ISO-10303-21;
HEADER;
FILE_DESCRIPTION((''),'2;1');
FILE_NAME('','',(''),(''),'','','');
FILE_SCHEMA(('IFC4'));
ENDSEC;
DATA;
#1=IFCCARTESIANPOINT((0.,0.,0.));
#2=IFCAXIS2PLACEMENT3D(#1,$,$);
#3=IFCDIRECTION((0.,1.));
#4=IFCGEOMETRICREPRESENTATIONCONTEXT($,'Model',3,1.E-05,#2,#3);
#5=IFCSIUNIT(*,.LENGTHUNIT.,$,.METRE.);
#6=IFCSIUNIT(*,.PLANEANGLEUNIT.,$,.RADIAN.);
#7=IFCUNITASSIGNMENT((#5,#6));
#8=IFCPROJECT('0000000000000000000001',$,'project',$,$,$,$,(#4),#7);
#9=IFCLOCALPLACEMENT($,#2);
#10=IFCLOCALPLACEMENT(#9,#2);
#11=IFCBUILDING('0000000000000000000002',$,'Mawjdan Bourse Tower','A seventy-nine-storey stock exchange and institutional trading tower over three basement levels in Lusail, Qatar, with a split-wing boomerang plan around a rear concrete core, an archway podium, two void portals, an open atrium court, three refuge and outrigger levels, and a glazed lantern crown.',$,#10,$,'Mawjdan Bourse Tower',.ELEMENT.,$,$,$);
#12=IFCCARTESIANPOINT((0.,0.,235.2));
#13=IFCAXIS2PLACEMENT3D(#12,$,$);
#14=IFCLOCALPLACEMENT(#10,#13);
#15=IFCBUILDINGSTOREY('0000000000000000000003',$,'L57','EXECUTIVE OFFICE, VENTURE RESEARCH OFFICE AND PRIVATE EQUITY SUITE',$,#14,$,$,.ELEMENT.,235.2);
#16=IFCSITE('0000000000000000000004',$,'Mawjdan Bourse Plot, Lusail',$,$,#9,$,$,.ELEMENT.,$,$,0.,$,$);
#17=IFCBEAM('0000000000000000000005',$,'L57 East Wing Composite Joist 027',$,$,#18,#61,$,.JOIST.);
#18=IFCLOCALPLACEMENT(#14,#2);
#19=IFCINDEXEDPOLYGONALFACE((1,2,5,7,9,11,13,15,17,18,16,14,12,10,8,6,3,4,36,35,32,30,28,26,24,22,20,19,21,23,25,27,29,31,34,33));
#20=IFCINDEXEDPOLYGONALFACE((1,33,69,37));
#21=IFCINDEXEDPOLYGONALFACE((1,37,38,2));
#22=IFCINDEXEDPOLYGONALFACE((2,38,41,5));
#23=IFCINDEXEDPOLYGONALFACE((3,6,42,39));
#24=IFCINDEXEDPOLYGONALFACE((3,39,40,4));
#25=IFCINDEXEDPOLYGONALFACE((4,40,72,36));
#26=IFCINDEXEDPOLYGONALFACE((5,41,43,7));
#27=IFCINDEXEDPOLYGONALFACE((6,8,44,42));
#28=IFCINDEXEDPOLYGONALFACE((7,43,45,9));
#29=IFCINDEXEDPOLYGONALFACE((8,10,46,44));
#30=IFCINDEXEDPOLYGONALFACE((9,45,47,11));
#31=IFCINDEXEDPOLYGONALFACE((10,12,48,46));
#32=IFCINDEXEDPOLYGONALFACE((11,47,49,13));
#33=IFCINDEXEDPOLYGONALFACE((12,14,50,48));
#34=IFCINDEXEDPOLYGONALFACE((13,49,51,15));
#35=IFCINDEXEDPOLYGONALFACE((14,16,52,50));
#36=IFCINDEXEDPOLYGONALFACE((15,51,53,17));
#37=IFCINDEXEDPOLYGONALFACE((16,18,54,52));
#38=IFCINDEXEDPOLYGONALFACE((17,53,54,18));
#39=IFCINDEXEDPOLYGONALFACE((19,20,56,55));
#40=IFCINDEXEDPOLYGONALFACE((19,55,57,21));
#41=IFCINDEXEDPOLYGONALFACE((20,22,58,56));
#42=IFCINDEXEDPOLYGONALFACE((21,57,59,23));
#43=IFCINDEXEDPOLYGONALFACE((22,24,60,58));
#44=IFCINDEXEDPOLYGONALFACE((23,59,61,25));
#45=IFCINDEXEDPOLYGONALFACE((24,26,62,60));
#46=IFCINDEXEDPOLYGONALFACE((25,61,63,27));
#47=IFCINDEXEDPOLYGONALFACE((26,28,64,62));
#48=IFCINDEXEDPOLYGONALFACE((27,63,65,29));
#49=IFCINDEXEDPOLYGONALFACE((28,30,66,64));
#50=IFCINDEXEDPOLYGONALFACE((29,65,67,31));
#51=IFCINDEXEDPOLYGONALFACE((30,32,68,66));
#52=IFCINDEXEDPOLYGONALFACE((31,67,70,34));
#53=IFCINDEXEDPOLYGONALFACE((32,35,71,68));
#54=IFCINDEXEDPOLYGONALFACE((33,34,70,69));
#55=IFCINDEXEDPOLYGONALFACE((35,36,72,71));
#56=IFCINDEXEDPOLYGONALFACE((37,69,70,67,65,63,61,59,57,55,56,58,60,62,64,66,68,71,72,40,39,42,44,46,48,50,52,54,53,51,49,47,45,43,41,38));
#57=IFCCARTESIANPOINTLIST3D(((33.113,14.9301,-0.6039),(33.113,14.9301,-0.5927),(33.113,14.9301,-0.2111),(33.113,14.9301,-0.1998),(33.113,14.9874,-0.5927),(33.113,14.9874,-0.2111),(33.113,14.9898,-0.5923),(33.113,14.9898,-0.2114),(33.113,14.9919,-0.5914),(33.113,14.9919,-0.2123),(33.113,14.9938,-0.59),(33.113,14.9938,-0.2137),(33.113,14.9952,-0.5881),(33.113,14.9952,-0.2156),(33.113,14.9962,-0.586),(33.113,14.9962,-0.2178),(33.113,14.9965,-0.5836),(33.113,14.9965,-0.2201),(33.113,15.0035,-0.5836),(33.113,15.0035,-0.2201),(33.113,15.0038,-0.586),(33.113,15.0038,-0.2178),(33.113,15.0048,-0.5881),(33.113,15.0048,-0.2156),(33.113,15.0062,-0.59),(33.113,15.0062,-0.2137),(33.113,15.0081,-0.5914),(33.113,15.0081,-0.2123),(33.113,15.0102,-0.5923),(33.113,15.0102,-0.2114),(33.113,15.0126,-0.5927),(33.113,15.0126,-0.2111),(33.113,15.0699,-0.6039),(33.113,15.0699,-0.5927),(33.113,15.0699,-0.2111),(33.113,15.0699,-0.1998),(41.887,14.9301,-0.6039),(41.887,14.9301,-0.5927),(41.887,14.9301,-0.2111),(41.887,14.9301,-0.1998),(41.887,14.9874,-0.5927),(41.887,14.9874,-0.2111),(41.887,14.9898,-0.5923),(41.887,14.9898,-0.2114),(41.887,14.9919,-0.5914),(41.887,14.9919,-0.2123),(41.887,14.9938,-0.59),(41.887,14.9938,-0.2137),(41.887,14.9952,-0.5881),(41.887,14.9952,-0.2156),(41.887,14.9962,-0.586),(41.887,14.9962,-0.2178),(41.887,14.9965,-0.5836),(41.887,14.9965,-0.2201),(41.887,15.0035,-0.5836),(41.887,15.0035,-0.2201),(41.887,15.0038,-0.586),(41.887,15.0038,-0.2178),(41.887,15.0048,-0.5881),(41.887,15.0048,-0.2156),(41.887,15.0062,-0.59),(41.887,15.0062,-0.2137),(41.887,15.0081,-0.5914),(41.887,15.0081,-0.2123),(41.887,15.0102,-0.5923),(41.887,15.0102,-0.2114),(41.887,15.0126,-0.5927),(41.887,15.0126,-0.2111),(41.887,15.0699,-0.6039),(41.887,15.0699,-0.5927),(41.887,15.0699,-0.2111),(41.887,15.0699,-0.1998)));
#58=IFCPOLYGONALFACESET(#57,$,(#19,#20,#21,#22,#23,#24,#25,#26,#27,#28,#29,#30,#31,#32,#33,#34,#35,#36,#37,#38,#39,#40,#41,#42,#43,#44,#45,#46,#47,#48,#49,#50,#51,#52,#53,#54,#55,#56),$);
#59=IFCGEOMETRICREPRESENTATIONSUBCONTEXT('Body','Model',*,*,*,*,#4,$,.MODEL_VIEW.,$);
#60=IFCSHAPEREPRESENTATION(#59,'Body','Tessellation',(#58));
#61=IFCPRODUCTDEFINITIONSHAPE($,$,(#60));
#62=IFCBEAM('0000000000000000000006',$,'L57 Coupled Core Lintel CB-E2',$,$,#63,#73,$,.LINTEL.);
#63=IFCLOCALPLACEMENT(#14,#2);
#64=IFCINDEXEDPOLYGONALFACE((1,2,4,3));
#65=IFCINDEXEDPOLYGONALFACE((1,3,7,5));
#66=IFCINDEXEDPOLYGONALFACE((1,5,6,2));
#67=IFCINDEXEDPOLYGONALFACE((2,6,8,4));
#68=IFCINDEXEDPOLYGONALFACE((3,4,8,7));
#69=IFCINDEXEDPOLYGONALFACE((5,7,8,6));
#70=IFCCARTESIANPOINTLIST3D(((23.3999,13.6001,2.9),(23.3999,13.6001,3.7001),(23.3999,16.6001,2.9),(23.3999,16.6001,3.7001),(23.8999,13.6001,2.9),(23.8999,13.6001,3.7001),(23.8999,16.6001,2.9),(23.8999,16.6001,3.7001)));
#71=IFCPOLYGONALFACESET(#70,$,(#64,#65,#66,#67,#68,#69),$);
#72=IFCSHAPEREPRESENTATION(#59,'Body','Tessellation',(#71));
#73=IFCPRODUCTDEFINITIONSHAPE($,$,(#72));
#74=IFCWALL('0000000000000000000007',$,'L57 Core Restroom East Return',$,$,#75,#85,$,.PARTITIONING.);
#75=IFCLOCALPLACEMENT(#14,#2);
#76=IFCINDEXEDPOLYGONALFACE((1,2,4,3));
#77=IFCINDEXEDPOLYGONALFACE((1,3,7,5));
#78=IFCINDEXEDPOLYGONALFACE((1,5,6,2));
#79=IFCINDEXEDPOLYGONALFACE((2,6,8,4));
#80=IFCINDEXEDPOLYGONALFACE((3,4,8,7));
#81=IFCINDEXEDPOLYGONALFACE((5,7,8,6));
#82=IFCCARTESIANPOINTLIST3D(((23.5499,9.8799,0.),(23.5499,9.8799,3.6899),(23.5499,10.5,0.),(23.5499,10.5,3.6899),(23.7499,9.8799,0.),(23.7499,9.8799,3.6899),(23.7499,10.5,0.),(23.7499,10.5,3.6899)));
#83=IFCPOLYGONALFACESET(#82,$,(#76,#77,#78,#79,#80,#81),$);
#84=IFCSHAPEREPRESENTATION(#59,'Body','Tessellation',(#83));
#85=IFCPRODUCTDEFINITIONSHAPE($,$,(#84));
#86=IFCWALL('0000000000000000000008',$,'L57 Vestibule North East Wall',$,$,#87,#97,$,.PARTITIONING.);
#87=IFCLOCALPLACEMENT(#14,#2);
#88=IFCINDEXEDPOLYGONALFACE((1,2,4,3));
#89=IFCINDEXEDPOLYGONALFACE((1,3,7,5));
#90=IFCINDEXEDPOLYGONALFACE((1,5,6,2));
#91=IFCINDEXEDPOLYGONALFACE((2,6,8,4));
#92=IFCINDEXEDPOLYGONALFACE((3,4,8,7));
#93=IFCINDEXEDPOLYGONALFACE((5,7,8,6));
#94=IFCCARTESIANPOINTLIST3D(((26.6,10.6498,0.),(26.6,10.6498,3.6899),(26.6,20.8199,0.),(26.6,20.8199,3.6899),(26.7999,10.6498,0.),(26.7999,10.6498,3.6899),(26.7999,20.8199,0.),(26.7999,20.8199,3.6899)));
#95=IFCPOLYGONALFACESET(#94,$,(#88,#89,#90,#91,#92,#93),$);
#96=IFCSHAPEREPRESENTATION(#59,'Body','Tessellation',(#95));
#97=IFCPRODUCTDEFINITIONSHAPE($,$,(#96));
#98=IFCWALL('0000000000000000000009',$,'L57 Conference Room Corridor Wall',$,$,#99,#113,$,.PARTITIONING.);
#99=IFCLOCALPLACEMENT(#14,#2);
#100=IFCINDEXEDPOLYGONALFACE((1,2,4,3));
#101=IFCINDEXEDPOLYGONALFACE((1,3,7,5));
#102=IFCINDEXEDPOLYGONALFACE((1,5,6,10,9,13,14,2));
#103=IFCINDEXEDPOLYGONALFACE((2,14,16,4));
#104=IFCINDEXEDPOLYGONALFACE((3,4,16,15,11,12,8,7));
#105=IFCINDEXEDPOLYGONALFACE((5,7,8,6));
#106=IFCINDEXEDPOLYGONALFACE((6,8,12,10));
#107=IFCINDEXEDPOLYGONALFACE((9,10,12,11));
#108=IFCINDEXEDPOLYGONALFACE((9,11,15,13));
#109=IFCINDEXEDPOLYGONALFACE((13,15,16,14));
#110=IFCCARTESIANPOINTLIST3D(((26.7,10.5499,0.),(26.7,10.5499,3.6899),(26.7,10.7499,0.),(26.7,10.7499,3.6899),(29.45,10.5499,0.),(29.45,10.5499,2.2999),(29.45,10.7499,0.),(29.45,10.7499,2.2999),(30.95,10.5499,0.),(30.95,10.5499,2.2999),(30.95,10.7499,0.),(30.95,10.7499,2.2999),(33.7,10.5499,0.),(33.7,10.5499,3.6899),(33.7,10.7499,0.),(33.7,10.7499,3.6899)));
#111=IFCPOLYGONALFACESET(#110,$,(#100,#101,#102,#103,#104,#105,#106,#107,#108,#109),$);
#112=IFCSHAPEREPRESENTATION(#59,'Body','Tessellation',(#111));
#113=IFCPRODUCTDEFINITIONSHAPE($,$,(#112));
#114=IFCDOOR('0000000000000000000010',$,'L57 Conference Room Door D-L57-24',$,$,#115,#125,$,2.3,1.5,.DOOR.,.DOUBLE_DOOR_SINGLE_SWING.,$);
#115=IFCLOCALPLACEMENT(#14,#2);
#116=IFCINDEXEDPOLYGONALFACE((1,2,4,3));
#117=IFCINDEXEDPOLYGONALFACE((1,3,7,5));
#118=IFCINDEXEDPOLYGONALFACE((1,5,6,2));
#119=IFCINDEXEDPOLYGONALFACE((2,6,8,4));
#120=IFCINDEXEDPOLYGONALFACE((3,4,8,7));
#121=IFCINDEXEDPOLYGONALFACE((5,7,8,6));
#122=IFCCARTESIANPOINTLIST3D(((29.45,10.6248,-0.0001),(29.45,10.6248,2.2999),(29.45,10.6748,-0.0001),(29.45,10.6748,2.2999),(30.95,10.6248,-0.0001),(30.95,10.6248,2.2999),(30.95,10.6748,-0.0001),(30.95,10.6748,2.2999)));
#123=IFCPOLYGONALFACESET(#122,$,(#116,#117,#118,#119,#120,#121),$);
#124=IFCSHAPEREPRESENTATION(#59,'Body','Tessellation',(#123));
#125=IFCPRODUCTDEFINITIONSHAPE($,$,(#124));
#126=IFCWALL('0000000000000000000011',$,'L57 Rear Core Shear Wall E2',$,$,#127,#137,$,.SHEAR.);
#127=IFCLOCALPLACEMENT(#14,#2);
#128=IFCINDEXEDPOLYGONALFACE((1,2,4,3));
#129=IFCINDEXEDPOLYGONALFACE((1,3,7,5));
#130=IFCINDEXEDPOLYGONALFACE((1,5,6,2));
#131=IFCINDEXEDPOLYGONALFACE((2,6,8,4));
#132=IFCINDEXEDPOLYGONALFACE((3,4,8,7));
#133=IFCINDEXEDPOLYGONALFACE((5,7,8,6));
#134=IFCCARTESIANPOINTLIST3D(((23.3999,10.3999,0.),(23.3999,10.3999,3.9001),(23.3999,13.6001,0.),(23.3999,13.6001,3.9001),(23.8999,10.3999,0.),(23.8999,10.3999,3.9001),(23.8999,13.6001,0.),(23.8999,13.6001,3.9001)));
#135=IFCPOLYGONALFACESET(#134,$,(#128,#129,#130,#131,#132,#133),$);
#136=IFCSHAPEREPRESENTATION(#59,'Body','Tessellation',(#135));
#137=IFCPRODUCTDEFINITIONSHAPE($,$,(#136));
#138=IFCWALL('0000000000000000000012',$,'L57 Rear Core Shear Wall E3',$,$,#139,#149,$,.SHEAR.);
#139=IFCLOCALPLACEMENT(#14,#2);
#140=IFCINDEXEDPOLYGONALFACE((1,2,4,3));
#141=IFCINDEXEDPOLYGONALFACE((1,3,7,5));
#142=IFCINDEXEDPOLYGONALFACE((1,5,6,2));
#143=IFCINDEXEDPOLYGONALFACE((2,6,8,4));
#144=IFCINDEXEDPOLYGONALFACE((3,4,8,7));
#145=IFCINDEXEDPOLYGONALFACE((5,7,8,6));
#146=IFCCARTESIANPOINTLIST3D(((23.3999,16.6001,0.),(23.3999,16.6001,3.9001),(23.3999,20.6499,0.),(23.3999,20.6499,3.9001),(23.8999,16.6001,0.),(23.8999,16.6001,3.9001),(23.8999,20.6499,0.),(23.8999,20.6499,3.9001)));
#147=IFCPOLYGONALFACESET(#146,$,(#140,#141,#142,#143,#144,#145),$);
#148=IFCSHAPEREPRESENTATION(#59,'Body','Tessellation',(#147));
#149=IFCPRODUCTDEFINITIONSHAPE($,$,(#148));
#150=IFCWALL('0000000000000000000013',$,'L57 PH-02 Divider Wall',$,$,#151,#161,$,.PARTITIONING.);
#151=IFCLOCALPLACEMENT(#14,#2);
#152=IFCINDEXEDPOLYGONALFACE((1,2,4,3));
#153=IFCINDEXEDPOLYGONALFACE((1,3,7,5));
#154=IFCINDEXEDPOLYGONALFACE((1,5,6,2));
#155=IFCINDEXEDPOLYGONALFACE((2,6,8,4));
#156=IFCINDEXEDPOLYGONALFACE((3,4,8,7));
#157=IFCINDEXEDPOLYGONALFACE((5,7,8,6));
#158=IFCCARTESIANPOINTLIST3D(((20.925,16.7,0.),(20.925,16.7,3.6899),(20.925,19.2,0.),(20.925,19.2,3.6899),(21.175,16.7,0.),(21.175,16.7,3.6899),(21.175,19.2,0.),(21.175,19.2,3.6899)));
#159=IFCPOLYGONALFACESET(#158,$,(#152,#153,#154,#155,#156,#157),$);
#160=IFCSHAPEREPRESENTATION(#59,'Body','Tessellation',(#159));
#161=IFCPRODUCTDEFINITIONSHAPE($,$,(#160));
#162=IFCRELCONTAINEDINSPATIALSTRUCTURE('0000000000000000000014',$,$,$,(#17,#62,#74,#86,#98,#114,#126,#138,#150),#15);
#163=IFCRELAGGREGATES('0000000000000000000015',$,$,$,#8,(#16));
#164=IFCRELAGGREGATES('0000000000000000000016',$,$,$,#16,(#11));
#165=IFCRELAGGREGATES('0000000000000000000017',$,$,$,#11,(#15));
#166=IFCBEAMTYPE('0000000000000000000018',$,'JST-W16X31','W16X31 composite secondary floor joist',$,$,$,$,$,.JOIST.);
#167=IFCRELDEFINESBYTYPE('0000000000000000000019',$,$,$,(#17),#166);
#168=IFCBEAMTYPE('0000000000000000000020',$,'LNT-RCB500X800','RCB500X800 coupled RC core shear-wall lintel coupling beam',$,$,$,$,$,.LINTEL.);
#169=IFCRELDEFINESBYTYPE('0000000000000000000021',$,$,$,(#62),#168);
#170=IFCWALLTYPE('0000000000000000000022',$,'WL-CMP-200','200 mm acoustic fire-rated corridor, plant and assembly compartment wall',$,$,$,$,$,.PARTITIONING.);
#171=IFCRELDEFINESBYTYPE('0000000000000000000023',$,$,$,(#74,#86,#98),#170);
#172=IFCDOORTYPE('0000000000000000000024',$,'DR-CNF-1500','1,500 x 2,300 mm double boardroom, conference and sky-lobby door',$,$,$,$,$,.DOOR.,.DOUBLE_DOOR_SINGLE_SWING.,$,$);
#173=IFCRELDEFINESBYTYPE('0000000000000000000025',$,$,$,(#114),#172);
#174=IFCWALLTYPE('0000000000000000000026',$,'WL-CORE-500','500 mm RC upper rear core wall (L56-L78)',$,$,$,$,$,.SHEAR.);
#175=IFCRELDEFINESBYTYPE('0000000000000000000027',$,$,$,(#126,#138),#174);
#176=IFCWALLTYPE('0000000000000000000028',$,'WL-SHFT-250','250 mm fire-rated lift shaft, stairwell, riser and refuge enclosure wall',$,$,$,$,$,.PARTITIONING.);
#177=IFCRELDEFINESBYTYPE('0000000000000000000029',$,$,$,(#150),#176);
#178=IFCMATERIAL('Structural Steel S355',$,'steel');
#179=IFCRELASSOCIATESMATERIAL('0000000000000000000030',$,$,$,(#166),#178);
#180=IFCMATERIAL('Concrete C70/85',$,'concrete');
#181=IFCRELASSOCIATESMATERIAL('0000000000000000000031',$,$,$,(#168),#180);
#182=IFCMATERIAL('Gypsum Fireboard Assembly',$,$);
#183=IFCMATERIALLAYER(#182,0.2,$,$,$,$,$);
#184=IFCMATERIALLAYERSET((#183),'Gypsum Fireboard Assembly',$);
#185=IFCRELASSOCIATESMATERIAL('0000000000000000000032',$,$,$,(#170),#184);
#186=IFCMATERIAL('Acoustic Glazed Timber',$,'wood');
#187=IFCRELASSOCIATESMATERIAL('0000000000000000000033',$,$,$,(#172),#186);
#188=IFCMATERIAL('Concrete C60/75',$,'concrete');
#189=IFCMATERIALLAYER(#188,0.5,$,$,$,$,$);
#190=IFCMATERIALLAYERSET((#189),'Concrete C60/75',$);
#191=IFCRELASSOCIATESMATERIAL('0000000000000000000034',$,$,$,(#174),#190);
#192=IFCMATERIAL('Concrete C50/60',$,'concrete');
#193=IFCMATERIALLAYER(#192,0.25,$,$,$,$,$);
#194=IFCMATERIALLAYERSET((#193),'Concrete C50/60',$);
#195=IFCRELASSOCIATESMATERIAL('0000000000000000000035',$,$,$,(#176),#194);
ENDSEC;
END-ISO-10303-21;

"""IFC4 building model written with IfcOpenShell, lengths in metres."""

from ifc_helpers import new_model, si_unit, direction, frame, frame_2d, origin, origin_2d, place, context, subcontext, project, spatial, rectangle, i_section, extrude, material, layer, layer_set, material_profile, profile_set, type_object, element, fill, save


model = new_model("IFC4")

# Units and contexts
model_context = context("Model", 3, precision=1e-05, world=origin(), true_north=direction((0.0, 1.0)))
body_context = subcontext(model_context, "Body", "Model", "MODEL_VIEW")
ifc_project = project(units=[si_unit("LENGTHUNIT", "METRE"), si_unit("PLANEANGLEUNIT", "RADIAN")], contexts=[model_context])

# Site, building, storey
site_placement = place(None, origin())
site = spatial("IfcSite", under=ifc_project, at=site_placement, Name="Mawjdan Bourse Plot, Lusail", CompositionType="ELEMENT", RefElevation=0.0)
building_placement = place(site_placement, origin())
building = spatial("IfcBuilding", under=site, at=building_placement, Name="Mawjdan Bourse Tower", Description="A seventy-nine-storey stock exchange and institutional trading tower over three basement levels in Lusail, Qatar, with a split-wing boomerang plan around a rear concrete core, an archway podium, two void portals, an open atrium court, three refuge and outrigger levels, and a glazed lantern crown.", LongName="Mawjdan Bourse Tower", CompositionType="ELEMENT")
storey_placement = place(building_placement, frame((0.0, 0.0, 235.2)))
storey = spatial("IfcBuildingStorey", under=building, at=storey_placement, Name="L57", Description="EXECUTIVE OFFICE, VENTURE RESEARCH OFFICE AND PRIVATE EQUITY SUITE", CompositionType="ELEMENT", Elevation=235.2)

# Beams
ifc_material_1 = material(Name="Structural Steel S355", Category="steel")
ifc_material_profile_1 = material_profile(ifc_material_1, i_section(OverallWidth=0.1399, OverallDepth=0.4041, WebThickness=0.0071, FlangeThickness=0.0112, FilletRadius=0.009, at=origin_2d()), Name="W16X31")
ifc_profile_set_1 = profile_set([ifc_material_profile_1], Name="Structural Steel S355")
beam_type_1 = type_object("IfcBeamType", Name="JST-W16X31", Description="W16X31 composite secondary floor joist", PredefinedType="JOIST", material=ifc_profile_set_1)
beam_1_placement = place(storey_placement, frame((33.113, 15.0, -0.4019), z_axis=(1.0, 0.0, 0.0), x_axis=(0.0, 1.0, 0.0)))
element("IfcBeam", 1, at=beam_1_placement, inside=storey, type_object=beam_type_1, Name="L57 East Wing Composite Joist 027", PredefinedType="JOIST", context=body_context, shape_type="SweptSolid", body=[
    extrude(i_section(OverallWidth=0.1399, OverallDepth=0.4041, WebThickness=0.0071, FlangeThickness=0.0112, FilletRadius=0.009, at=origin_2d()), origin(), (0.0, 0.0, 1.0), 8.7739),
])
ifc_material_2 = material(Name="Concrete C70/85", Category="concrete")
ifc_material_profile_2 = material_profile(ifc_material_2, rectangle(XDim=0.5, YDim=0.8, at=origin_2d()), Name="RCB500X800")
ifc_profile_set_2 = profile_set([ifc_material_profile_2], Name="Concrete C70/85")
beam_type_2 = type_object("IfcBeamType", Name="LNT-RCB500X800", Description="RCB500X800 coupled RC core shear-wall lintel coupling beam", PredefinedType="LINTEL", material=ifc_profile_set_2)
beam_2_placement = place(storey_placement, frame((23.6499, 13.6001, 3.3), z_axis=(0.0, 1.0, 0.0), x_axis=(-1.0, 0.0, 0.0)))
element("IfcBeam", 2, at=beam_2_placement, inside=storey, type_object=beam_type_2, Name="L57 Coupled Core Lintel CB-E2", PredefinedType="LINTEL", context=body_context, shape_type="SweptSolid", body=[
    extrude(rectangle(XDim=0.5, YDim=0.8, at=origin_2d()), origin(), (0.0, 0.0, 1.0), 3.0),
])

# Wall
ifc_material_3 = material(Name="Gypsum Fireboard Assembly")
ifc_layer_1 = layer(ifc_material_3, 0.2)
ifc_layer_set_1 = layer_set([ifc_layer_1], Name="Gypsum Fireboard Assembly")
wall_type_1 = type_object("IfcWallType", Name="WL-CMP-200", Description="200 mm acoustic fire-rated corridor, plant and assembly compartment wall", PredefinedType="PARTITIONING", material=ifc_layer_set_1)
wall_1_placement = place(storey_placement, frame((23.6499, 9.8799, 0.0), z_axis=(0.0, 0.0, 1.0), x_axis=(0.0, 1.0, 0.0)))
element("IfcWall", 3, at=wall_1_placement, inside=storey, type_object=wall_type_1, Name="L57 Core Restroom East Return", PredefinedType="PARTITIONING", context=body_context, shape_type="SweptSolid", body=[
    extrude(rectangle(XDim=0.6201, YDim=0.2, at=frame_2d((0.3101, 0.0))), origin(), (0.0, 0.0, 1.0), 3.6899),
])

# Wall
wall_2_placement = place(storey_placement, frame((26.7, 10.6499, 0.0), z_axis=(0.0, 0.0, 1.0), x_axis=(0.0, 1.0, 0.0)))
element("IfcWall", 4, at=wall_2_placement, inside=storey, type_object=wall_type_1, Name="L57 Vestibule North East Wall", PredefinedType="PARTITIONING", context=body_context, shape_type="SweptSolid", body=[
    extrude(rectangle(XDim=10.1702, YDim=0.2, at=frame_2d((5.085, 0.0))), origin(), (0.0, 0.0, 1.0), 3.6899),
])

# Wall, opening, door
wall_3_placement = place(storey_placement, frame((26.7, 10.6499, 0.0), z_axis=(0.0, 0.0, 1.0), x_axis=(1.0, 0.0, 0.0)))
wall_3 = element("IfcWall", 5, at=wall_3_placement, inside=storey, type_object=wall_type_1, Name="L57 Conference Room Corridor Wall", PredefinedType="PARTITIONING", context=body_context, shape_type="SweptSolid", body=[
    extrude(rectangle(XDim=7.0, YDim=0.2, at=frame_2d((3.5, 0.0))), origin(), (0.0, 0.0, 1.0), 3.6899),
])
opening_1_placement = place(wall_3_placement, frame((2.75, 0.0, 0.0)))
opening_1 = element("IfcOpeningElement", 6, at=opening_1_placement, cuts=wall_3, PredefinedType="OPENING", context=body_context, shape_type="SweptSolid", body=[
    extrude(rectangle(XDim=1.5, YDim=2.3, at=frame_2d((0.75, 1.1499))), frame((0.0, 0.1099, 0.0), z_axis=(0.0, -1.0, 0.0), x_axis=(1.0, 0.0, 0.0)), (0.0, 0.0, 1.0), 0.22),
])
ifc_material_4 = material(Name="Acoustic Glazed Timber", Category="wood")
door_type_1 = type_object("IfcDoorType", Name="DR-CNF-1500", Description="1,500 x 2,300 mm double boardroom, conference and sky-lobby door", OperationType="DOUBLE_DOOR_SINGLE_SWING", PredefinedType="DOOR", material=ifc_material_4)
door_1_placement = place(opening_1_placement, origin())
door_1 = element("IfcDoor", 7, at=door_1_placement, inside=storey, type_object=door_type_1, Name="L57 Conference Room Door D-L57-24", OperationType="DOUBLE_DOOR_SINGLE_SWING", OverallHeight=2.3, OverallWidth=1.5, PredefinedType="DOOR", context=body_context, shape_type="SweptSolid", body=[
    extrude(rectangle(XDim=1.5, YDim=2.3, at=frame_2d((0.75, 1.1499))), frame((0.0, 0.0249, 0.0), z_axis=(0.0, -1.0, 0.0), x_axis=(1.0, 0.0, 0.0)), (0.0, 0.0, 1.0), 0.05),
])
fill(opening_1, door_1)

# Walls
ifc_material_5 = material(Name="Concrete C60/75", Category="concrete")
ifc_layer_2 = layer(ifc_material_5, 0.5)
ifc_layer_set_2 = layer_set([ifc_layer_2], Name="Concrete C60/75")
wall_type_2 = type_object("IfcWallType", Name="WL-CORE-500", Description="500 mm RC upper rear core wall (L56-L78)", PredefinedType="SHEAR", material=ifc_layer_set_2)
wall_4_placement = place(storey_placement, frame((23.6499, 10.3999, 0.0), z_axis=(0.0, 0.0, 1.0), x_axis=(0.0, 1.0, 0.0)))
element("IfcWall", 8, at=wall_4_placement, inside=storey, type_object=wall_type_2, Name="L57 Rear Core Shear Wall E2", PredefinedType="SHEAR", context=body_context, shape_type="SweptSolid", body=[
    extrude(rectangle(XDim=3.2002, YDim=0.5, at=frame_2d((1.6001, 0.0))), origin(), (0.0, 0.0, 1.0), 3.9001),
])
wall_5_placement = place(storey_placement, frame((23.6499, 16.6001, 0.0), z_axis=(0.0, 0.0, 1.0), x_axis=(0.0, 1.0, 0.0)))
element("IfcWall", 9, at=wall_5_placement, inside=storey, type_object=wall_type_2, Name="L57 Rear Core Shear Wall E3", PredefinedType="SHEAR", context=body_context, shape_type="SweptSolid", body=[
    extrude(rectangle(XDim=4.0498, YDim=0.5, at=frame_2d((2.0249, 0.0))), origin(), (0.0, 0.0, 1.0), 3.9001),
])
ifc_material_6 = material(Name="Concrete C50/60", Category="concrete")
ifc_layer_3 = layer(ifc_material_6, 0.25)
ifc_layer_set_3 = layer_set([ifc_layer_3], Name="Concrete C50/60")
wall_type_3 = type_object("IfcWallType", Name="WL-SHFT-250", Description="250 mm fire-rated lift shaft, stairwell, riser and refuge enclosure wall", PredefinedType="PARTITIONING", material=ifc_layer_set_3)
wall_6_placement = place(storey_placement, frame((21.05, 16.7, 0.0), z_axis=(0.0, 0.0, 1.0), x_axis=(0.0, 1.0, 0.0)))
element("IfcWall", 10, at=wall_6_placement, inside=storey, type_object=wall_type_3, Name="L57 PH-02 Divider Wall", PredefinedType="PARTITIONING", context=body_context, shape_type="SweptSolid", body=[
    extrude(rectangle(XDim=2.5, YDim=0.25, at=frame_2d((1.25, 0.0))), origin(), (0.0, 0.0, 1.0), 3.6899),
])

save(model, "model.ifc")
